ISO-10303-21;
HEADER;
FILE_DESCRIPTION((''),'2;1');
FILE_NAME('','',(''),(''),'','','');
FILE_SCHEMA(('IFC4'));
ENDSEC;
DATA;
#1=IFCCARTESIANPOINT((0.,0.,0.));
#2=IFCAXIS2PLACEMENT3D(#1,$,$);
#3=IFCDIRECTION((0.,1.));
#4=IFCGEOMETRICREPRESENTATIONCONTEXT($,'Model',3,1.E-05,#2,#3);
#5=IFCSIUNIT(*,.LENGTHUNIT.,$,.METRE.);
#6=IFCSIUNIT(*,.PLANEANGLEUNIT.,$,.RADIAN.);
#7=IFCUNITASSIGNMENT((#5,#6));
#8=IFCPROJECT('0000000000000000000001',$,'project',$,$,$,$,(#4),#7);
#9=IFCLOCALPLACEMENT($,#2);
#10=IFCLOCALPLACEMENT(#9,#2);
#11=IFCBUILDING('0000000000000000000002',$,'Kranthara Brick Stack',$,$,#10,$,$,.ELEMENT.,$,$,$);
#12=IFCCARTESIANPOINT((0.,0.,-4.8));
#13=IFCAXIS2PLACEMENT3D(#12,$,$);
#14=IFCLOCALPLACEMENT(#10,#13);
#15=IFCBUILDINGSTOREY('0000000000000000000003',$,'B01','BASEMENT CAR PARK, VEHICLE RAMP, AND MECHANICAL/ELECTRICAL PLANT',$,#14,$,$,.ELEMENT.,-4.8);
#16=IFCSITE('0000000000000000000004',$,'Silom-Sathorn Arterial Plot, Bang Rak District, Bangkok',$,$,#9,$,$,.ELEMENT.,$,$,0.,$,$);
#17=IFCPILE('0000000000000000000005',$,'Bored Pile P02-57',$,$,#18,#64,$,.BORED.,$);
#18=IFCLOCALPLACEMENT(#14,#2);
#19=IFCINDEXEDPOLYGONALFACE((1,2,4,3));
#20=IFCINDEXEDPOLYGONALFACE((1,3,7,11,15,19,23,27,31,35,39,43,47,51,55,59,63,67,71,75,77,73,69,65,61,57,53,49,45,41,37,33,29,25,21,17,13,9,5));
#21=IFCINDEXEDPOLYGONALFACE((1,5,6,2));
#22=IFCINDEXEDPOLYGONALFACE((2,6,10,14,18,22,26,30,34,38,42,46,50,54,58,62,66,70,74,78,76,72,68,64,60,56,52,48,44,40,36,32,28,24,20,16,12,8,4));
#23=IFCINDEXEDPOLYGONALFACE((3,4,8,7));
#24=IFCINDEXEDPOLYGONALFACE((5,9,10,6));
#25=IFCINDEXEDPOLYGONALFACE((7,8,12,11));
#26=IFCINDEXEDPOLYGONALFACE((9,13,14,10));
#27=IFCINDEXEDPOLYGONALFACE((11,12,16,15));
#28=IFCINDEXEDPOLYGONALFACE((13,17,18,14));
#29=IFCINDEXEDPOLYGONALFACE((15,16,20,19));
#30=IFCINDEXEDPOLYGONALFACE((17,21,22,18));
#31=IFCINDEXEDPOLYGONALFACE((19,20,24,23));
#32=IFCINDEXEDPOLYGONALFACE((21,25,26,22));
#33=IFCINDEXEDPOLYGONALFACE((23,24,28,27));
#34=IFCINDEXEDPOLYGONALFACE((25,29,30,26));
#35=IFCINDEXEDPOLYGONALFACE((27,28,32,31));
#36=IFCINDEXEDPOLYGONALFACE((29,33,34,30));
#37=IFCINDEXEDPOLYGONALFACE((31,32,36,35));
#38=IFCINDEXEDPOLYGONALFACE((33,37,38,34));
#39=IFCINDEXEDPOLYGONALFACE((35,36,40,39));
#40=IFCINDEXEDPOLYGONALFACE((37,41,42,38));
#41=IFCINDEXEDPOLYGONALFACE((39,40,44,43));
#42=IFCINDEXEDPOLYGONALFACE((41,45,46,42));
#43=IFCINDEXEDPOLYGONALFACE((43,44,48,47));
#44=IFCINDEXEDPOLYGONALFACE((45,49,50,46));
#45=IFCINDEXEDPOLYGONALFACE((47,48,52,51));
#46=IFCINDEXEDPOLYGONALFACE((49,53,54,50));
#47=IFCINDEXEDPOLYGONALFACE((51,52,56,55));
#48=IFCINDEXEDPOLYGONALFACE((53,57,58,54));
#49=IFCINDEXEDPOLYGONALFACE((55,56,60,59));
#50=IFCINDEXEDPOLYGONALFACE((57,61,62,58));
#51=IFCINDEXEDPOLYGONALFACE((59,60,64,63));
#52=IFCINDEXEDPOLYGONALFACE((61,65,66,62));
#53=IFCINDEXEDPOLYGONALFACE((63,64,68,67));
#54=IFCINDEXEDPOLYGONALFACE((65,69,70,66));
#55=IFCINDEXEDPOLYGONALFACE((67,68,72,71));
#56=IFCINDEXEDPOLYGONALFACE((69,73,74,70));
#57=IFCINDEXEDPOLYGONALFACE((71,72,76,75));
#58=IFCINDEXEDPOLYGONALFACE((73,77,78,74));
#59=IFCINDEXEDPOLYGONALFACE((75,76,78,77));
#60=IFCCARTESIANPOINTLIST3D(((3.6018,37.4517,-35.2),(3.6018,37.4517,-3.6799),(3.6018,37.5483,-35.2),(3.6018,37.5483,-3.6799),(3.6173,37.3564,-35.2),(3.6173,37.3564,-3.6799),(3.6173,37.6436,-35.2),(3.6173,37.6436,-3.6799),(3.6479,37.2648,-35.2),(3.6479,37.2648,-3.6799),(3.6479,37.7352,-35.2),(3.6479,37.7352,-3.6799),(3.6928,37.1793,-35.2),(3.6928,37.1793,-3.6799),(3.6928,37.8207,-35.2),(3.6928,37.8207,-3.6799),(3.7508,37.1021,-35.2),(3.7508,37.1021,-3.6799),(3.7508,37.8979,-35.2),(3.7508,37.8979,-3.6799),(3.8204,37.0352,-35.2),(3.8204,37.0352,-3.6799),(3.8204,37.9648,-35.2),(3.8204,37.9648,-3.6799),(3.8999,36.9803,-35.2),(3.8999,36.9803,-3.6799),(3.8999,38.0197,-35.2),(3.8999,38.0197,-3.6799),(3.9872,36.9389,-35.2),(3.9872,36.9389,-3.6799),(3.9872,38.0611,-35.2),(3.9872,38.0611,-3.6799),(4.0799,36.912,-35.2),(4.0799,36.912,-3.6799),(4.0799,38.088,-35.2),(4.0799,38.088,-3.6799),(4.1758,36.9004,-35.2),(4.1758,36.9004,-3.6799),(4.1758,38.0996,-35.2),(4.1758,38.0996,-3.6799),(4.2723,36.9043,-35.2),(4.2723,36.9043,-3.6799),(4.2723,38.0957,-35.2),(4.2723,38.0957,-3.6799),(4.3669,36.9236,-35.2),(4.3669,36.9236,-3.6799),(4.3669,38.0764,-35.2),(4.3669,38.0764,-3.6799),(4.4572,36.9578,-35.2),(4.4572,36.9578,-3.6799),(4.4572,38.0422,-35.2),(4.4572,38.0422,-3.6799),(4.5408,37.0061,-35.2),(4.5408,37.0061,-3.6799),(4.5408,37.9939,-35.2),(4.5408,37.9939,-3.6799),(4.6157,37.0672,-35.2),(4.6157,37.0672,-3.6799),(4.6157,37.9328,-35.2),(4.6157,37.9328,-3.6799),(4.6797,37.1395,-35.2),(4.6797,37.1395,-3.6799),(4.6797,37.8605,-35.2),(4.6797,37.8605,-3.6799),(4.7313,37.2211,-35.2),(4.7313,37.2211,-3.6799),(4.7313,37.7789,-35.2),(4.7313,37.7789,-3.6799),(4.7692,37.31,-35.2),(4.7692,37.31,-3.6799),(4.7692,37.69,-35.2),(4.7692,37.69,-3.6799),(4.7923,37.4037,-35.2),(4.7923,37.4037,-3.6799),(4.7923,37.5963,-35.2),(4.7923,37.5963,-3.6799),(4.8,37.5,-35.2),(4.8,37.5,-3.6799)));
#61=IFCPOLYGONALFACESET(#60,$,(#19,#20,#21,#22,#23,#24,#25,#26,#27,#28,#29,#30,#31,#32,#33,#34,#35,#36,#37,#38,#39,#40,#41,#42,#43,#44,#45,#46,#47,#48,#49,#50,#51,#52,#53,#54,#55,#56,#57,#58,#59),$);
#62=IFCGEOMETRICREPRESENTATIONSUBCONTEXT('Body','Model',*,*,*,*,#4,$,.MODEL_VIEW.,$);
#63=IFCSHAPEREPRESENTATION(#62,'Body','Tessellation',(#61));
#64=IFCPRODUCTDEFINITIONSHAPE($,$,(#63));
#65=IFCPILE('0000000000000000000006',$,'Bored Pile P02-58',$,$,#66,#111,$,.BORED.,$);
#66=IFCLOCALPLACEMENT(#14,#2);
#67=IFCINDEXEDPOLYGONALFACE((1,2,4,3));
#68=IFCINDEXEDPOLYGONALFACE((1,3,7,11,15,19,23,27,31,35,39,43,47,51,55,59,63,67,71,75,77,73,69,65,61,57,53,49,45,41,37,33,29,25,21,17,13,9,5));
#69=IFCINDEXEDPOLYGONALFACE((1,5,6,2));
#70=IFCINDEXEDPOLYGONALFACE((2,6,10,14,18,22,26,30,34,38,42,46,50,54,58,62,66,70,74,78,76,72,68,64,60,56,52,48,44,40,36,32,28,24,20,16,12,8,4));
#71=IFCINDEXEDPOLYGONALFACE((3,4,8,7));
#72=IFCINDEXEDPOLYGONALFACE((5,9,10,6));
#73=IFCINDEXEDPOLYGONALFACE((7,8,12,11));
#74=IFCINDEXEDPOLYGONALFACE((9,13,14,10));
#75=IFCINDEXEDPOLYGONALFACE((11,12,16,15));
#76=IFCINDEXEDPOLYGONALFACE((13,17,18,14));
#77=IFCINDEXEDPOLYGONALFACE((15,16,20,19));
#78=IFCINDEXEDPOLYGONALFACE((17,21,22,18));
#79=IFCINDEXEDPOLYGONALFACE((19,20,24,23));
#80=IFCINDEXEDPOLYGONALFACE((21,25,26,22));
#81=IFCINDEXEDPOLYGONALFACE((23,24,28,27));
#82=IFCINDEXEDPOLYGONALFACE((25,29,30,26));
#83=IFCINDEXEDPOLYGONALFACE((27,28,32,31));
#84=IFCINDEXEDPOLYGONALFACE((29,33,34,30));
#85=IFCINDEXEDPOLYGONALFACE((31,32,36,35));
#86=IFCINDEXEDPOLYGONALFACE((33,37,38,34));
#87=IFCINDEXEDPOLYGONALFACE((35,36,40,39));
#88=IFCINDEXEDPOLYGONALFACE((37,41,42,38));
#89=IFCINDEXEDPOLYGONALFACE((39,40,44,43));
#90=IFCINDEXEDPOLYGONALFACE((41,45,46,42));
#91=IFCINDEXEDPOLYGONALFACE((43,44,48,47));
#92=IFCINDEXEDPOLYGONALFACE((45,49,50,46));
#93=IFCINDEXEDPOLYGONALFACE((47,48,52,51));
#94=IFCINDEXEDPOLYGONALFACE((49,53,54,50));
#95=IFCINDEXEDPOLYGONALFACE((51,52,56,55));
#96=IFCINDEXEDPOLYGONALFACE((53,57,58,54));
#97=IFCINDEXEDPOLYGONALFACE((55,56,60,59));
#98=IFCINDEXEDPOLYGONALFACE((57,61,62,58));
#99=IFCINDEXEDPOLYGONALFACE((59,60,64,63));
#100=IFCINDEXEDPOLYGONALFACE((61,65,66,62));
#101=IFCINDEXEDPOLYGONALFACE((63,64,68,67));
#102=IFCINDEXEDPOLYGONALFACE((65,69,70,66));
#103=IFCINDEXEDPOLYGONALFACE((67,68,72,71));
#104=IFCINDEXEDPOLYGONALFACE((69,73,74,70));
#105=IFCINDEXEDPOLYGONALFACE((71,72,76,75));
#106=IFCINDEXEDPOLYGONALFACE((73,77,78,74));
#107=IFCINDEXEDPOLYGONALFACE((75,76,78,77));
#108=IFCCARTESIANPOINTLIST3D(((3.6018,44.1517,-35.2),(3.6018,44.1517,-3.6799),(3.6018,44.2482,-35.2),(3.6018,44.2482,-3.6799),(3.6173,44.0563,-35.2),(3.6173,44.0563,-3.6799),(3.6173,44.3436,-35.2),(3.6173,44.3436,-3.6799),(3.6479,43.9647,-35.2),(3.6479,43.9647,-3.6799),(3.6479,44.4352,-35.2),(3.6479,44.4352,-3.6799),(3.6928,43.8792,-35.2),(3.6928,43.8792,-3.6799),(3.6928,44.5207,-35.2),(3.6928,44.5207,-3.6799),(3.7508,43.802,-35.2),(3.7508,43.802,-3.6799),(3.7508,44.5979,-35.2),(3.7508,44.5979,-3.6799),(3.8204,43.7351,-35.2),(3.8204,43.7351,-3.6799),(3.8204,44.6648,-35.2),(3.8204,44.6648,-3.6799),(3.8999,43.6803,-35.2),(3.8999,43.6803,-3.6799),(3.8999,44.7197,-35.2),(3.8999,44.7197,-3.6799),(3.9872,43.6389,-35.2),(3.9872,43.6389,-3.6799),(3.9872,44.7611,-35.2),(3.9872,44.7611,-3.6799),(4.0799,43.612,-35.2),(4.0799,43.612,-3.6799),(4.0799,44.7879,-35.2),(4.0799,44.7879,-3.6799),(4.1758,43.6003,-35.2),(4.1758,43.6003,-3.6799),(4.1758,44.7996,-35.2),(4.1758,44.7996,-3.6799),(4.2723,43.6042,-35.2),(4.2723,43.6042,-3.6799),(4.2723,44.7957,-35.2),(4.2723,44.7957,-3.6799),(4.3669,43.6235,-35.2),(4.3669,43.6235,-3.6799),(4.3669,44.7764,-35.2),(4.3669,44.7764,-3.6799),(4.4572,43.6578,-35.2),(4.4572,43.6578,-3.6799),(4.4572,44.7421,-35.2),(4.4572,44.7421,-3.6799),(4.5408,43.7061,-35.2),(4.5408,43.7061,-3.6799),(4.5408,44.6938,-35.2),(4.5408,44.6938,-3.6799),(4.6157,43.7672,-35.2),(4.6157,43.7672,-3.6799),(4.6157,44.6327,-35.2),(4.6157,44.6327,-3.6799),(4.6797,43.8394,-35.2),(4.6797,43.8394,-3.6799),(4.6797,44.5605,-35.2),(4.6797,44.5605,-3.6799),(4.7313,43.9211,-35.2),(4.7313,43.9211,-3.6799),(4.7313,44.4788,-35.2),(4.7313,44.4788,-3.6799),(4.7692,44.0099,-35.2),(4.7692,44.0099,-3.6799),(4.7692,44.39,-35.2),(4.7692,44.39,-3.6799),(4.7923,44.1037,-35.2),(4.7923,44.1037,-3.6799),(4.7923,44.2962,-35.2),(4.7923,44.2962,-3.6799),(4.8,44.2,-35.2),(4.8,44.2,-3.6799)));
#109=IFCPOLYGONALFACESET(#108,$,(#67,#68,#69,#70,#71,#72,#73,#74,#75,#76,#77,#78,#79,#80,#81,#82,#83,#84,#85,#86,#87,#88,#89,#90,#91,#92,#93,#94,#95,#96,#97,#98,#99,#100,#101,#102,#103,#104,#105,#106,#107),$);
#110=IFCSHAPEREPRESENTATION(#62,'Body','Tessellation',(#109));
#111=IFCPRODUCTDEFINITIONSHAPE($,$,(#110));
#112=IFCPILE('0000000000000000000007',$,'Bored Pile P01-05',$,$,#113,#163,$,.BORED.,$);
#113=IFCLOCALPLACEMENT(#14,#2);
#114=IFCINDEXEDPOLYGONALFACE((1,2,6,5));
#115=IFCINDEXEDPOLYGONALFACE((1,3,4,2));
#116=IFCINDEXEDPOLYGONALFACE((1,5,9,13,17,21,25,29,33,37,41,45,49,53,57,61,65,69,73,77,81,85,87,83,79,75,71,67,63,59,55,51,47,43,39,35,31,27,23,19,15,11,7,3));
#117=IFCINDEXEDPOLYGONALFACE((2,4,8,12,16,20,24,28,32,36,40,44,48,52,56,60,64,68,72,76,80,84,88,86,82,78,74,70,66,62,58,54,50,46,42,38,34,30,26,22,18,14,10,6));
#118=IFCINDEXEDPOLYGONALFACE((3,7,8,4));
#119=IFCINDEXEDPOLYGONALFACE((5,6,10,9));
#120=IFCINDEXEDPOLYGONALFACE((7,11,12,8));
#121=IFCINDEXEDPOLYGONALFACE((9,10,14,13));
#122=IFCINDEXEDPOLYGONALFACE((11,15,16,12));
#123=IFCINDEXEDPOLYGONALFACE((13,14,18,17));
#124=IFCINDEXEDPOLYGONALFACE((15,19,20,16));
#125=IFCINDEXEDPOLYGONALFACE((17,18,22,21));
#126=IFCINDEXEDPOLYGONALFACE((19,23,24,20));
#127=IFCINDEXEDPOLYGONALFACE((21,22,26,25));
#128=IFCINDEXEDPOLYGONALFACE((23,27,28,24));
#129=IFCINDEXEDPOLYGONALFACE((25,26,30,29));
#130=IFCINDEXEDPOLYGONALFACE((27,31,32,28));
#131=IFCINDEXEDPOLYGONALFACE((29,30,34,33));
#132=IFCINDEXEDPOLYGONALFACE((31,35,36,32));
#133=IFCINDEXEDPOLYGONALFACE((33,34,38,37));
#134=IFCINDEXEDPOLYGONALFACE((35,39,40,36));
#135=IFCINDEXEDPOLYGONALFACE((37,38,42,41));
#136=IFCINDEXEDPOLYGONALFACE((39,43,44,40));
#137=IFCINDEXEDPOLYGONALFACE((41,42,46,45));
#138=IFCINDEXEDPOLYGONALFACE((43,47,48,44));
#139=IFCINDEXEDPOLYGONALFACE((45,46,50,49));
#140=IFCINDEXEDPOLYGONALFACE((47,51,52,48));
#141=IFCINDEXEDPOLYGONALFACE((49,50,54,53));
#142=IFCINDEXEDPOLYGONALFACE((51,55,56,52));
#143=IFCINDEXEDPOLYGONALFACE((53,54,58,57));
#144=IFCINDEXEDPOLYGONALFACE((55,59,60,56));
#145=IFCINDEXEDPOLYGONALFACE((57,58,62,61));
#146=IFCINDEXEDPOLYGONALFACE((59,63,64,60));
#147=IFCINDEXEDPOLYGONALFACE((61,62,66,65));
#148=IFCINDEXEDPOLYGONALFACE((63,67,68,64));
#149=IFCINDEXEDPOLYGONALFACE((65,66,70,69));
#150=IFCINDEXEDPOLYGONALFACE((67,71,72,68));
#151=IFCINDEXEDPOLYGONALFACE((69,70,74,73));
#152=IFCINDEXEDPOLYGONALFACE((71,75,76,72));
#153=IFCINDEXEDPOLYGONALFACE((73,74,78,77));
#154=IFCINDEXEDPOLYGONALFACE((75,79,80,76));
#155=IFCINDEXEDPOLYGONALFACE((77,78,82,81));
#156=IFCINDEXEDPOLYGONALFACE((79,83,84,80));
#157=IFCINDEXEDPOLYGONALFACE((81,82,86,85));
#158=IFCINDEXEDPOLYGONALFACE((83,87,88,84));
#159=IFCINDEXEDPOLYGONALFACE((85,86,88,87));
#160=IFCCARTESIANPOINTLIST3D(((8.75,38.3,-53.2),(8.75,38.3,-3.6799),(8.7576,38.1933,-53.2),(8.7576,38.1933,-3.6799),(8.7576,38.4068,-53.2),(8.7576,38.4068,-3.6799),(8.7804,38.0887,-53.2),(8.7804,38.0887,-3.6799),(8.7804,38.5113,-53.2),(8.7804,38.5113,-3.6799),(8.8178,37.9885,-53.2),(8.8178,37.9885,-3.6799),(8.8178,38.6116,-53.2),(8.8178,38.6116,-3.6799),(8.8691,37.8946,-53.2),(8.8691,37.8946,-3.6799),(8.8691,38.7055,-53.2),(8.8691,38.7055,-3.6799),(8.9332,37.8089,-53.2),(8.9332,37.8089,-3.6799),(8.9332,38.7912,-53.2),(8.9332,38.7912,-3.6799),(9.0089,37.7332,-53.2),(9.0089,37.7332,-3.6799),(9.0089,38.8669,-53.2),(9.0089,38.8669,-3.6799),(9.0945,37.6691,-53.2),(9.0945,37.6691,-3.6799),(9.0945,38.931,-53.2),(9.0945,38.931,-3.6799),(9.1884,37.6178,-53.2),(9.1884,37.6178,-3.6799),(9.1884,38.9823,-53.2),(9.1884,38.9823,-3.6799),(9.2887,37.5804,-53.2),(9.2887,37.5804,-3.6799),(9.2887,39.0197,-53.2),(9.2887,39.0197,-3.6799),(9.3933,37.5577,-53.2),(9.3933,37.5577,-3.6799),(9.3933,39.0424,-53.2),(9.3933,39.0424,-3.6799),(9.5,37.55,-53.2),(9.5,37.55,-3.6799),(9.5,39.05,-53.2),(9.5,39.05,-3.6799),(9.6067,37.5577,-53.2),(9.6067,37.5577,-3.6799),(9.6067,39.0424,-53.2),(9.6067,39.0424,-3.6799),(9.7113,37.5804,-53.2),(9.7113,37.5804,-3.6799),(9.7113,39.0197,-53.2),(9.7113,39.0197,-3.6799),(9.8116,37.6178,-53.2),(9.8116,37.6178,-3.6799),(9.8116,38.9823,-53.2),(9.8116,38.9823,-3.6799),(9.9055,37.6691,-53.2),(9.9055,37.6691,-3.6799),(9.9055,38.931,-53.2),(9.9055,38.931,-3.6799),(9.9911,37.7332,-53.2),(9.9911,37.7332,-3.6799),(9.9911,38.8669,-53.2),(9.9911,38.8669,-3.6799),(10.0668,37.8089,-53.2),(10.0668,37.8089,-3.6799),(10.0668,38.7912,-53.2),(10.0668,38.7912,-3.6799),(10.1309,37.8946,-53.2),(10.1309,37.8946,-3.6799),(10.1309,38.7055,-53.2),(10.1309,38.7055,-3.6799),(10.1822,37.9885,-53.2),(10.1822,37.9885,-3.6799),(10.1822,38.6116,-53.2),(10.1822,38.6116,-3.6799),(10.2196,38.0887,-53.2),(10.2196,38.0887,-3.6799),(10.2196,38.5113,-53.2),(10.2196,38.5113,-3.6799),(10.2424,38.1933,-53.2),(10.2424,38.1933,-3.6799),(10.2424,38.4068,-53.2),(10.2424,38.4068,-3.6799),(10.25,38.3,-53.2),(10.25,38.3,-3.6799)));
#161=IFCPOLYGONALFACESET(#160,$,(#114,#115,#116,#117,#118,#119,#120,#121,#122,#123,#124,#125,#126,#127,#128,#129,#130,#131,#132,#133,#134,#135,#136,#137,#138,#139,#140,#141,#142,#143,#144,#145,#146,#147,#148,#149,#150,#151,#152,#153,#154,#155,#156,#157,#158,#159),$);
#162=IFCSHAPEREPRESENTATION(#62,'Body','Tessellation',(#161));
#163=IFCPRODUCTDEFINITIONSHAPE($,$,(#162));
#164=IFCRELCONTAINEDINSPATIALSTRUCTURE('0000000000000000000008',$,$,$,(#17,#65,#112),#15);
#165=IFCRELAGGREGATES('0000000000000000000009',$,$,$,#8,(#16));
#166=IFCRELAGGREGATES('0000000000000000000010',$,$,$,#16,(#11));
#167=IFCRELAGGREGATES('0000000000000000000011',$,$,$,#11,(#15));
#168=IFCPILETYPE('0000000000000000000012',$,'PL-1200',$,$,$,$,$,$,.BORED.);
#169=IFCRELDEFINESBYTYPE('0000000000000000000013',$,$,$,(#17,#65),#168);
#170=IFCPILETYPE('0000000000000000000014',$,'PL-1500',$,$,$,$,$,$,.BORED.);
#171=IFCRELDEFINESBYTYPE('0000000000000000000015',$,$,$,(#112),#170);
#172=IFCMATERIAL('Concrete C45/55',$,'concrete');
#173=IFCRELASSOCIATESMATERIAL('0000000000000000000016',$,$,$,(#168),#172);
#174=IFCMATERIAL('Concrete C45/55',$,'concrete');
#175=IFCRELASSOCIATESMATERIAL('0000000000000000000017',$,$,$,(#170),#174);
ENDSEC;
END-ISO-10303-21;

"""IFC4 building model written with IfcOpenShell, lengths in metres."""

from ifc_helpers import new_model, si_unit, direction, frame, origin, origin_2d, place, context, subcontext, project, spatial, circle, extrude, material, material_profile, profile_set, type_object, element, save


model = new_model("IFC4")

# Units and contexts
model_context = context("Model", 3, precision=1e-05, world=origin(), true_north=direction((0.0, 1.0)))
body_context = subcontext(model_context, "Body", "Model", "MODEL_VIEW")
ifc_project = project(units=[si_unit("LENGTHUNIT", "METRE"), si_unit("PLANEANGLEUNIT", "RADIAN")], contexts=[model_context])

# Site, building, storey
site_placement = place(None, origin())
site = spatial("IfcSite", under=ifc_project, at=site_placement, Name="Silom-Sathorn Arterial Plot, Bang Rak District, Bangkok", CompositionType="ELEMENT", RefElevation=0.0)
building_placement = place(site_placement, origin())
building = spatial("IfcBuilding", under=site, at=building_placement, Name="Kranthara Brick Stack", CompositionType="ELEMENT")
storey_placement = place(building_placement, frame((0.0, 0.0, -4.8)))
storey = spatial("IfcBuildingStorey", under=building, at=storey_placement, Name="B01", Description="BASEMENT CAR PARK, VEHICLE RAMP, AND MECHANICAL/ELECTRICAL PLANT", CompositionType="ELEMENT", Elevation=-4.8)

# Piles
ifc_material_1 = material(Name="Concrete C45/55", Category="concrete")
ifc_material_profile_1 = material_profile(ifc_material_1, circle(Radius=0.6001, at=origin_2d()), Name="BORED PILE 1200")
ifc_profile_set_1 = profile_set([ifc_material_profile_1], Name="Concrete C45/55")
pile_type_1 = type_object("IfcPileType", Name="PL-1200", PredefinedType="BORED", material=ifc_profile_set_1)
for number, where, z_axis, x_axis, name in (
    (1, (4.2, 37.5, -3.6799), (0.0, 0.0, -1.0), (1.0, 0.0, 0.0), "Bored Pile P02-57"),
    (2, (4.2, 44.2, -3.6799), (0.0, 0.0, -1.0), (1.0, 0.0, 0.0), "Bored Pile P02-58"),
):
    element("IfcPile", number, at=place(storey_placement, frame(where, z_axis=z_axis, x_axis=x_axis)), inside=storey, type_object=pile_type_1, Name=name, PredefinedType="BORED", context=body_context, shape_type="SweptSolid", body=[
        extrude(circle(Radius=0.6001, at=origin_2d()), origin(), (0.0, 0.0, 1.0), 31.52),
    ])
ifc_material_2 = material(Name="Concrete C45/55", Category="concrete")
ifc_material_profile_2 = material_profile(ifc_material_2, circle(Radius=0.75, at=origin_2d()), Name="BORED PILE 1500")
ifc_profile_set_2 = profile_set([ifc_material_profile_2], Name="Concrete C45/55")
pile_type_2 = type_object("IfcPileType", Name="PL-1500", PredefinedType="BORED", material=ifc_profile_set_2)
for number, where, z_axis, x_axis, name in (
    (3, (9.5, 38.3, -3.6799), (0.0, 0.0, -1.0), (1.0, 0.0, 0.0), "Bored Pile P01-05"),
):
    element("IfcPile", number, at=place(storey_placement, frame(where, z_axis=z_axis, x_axis=x_axis)), inside=storey, type_object=pile_type_2, Name=name, PredefinedType="BORED", context=body_context, shape_type="SweptSolid", body=[
        extrude(circle(Radius=0.75, at=origin_2d()), origin(), (0.0, 0.0, 1.0), 49.52),
    ])

save(model, "model.ifc")
